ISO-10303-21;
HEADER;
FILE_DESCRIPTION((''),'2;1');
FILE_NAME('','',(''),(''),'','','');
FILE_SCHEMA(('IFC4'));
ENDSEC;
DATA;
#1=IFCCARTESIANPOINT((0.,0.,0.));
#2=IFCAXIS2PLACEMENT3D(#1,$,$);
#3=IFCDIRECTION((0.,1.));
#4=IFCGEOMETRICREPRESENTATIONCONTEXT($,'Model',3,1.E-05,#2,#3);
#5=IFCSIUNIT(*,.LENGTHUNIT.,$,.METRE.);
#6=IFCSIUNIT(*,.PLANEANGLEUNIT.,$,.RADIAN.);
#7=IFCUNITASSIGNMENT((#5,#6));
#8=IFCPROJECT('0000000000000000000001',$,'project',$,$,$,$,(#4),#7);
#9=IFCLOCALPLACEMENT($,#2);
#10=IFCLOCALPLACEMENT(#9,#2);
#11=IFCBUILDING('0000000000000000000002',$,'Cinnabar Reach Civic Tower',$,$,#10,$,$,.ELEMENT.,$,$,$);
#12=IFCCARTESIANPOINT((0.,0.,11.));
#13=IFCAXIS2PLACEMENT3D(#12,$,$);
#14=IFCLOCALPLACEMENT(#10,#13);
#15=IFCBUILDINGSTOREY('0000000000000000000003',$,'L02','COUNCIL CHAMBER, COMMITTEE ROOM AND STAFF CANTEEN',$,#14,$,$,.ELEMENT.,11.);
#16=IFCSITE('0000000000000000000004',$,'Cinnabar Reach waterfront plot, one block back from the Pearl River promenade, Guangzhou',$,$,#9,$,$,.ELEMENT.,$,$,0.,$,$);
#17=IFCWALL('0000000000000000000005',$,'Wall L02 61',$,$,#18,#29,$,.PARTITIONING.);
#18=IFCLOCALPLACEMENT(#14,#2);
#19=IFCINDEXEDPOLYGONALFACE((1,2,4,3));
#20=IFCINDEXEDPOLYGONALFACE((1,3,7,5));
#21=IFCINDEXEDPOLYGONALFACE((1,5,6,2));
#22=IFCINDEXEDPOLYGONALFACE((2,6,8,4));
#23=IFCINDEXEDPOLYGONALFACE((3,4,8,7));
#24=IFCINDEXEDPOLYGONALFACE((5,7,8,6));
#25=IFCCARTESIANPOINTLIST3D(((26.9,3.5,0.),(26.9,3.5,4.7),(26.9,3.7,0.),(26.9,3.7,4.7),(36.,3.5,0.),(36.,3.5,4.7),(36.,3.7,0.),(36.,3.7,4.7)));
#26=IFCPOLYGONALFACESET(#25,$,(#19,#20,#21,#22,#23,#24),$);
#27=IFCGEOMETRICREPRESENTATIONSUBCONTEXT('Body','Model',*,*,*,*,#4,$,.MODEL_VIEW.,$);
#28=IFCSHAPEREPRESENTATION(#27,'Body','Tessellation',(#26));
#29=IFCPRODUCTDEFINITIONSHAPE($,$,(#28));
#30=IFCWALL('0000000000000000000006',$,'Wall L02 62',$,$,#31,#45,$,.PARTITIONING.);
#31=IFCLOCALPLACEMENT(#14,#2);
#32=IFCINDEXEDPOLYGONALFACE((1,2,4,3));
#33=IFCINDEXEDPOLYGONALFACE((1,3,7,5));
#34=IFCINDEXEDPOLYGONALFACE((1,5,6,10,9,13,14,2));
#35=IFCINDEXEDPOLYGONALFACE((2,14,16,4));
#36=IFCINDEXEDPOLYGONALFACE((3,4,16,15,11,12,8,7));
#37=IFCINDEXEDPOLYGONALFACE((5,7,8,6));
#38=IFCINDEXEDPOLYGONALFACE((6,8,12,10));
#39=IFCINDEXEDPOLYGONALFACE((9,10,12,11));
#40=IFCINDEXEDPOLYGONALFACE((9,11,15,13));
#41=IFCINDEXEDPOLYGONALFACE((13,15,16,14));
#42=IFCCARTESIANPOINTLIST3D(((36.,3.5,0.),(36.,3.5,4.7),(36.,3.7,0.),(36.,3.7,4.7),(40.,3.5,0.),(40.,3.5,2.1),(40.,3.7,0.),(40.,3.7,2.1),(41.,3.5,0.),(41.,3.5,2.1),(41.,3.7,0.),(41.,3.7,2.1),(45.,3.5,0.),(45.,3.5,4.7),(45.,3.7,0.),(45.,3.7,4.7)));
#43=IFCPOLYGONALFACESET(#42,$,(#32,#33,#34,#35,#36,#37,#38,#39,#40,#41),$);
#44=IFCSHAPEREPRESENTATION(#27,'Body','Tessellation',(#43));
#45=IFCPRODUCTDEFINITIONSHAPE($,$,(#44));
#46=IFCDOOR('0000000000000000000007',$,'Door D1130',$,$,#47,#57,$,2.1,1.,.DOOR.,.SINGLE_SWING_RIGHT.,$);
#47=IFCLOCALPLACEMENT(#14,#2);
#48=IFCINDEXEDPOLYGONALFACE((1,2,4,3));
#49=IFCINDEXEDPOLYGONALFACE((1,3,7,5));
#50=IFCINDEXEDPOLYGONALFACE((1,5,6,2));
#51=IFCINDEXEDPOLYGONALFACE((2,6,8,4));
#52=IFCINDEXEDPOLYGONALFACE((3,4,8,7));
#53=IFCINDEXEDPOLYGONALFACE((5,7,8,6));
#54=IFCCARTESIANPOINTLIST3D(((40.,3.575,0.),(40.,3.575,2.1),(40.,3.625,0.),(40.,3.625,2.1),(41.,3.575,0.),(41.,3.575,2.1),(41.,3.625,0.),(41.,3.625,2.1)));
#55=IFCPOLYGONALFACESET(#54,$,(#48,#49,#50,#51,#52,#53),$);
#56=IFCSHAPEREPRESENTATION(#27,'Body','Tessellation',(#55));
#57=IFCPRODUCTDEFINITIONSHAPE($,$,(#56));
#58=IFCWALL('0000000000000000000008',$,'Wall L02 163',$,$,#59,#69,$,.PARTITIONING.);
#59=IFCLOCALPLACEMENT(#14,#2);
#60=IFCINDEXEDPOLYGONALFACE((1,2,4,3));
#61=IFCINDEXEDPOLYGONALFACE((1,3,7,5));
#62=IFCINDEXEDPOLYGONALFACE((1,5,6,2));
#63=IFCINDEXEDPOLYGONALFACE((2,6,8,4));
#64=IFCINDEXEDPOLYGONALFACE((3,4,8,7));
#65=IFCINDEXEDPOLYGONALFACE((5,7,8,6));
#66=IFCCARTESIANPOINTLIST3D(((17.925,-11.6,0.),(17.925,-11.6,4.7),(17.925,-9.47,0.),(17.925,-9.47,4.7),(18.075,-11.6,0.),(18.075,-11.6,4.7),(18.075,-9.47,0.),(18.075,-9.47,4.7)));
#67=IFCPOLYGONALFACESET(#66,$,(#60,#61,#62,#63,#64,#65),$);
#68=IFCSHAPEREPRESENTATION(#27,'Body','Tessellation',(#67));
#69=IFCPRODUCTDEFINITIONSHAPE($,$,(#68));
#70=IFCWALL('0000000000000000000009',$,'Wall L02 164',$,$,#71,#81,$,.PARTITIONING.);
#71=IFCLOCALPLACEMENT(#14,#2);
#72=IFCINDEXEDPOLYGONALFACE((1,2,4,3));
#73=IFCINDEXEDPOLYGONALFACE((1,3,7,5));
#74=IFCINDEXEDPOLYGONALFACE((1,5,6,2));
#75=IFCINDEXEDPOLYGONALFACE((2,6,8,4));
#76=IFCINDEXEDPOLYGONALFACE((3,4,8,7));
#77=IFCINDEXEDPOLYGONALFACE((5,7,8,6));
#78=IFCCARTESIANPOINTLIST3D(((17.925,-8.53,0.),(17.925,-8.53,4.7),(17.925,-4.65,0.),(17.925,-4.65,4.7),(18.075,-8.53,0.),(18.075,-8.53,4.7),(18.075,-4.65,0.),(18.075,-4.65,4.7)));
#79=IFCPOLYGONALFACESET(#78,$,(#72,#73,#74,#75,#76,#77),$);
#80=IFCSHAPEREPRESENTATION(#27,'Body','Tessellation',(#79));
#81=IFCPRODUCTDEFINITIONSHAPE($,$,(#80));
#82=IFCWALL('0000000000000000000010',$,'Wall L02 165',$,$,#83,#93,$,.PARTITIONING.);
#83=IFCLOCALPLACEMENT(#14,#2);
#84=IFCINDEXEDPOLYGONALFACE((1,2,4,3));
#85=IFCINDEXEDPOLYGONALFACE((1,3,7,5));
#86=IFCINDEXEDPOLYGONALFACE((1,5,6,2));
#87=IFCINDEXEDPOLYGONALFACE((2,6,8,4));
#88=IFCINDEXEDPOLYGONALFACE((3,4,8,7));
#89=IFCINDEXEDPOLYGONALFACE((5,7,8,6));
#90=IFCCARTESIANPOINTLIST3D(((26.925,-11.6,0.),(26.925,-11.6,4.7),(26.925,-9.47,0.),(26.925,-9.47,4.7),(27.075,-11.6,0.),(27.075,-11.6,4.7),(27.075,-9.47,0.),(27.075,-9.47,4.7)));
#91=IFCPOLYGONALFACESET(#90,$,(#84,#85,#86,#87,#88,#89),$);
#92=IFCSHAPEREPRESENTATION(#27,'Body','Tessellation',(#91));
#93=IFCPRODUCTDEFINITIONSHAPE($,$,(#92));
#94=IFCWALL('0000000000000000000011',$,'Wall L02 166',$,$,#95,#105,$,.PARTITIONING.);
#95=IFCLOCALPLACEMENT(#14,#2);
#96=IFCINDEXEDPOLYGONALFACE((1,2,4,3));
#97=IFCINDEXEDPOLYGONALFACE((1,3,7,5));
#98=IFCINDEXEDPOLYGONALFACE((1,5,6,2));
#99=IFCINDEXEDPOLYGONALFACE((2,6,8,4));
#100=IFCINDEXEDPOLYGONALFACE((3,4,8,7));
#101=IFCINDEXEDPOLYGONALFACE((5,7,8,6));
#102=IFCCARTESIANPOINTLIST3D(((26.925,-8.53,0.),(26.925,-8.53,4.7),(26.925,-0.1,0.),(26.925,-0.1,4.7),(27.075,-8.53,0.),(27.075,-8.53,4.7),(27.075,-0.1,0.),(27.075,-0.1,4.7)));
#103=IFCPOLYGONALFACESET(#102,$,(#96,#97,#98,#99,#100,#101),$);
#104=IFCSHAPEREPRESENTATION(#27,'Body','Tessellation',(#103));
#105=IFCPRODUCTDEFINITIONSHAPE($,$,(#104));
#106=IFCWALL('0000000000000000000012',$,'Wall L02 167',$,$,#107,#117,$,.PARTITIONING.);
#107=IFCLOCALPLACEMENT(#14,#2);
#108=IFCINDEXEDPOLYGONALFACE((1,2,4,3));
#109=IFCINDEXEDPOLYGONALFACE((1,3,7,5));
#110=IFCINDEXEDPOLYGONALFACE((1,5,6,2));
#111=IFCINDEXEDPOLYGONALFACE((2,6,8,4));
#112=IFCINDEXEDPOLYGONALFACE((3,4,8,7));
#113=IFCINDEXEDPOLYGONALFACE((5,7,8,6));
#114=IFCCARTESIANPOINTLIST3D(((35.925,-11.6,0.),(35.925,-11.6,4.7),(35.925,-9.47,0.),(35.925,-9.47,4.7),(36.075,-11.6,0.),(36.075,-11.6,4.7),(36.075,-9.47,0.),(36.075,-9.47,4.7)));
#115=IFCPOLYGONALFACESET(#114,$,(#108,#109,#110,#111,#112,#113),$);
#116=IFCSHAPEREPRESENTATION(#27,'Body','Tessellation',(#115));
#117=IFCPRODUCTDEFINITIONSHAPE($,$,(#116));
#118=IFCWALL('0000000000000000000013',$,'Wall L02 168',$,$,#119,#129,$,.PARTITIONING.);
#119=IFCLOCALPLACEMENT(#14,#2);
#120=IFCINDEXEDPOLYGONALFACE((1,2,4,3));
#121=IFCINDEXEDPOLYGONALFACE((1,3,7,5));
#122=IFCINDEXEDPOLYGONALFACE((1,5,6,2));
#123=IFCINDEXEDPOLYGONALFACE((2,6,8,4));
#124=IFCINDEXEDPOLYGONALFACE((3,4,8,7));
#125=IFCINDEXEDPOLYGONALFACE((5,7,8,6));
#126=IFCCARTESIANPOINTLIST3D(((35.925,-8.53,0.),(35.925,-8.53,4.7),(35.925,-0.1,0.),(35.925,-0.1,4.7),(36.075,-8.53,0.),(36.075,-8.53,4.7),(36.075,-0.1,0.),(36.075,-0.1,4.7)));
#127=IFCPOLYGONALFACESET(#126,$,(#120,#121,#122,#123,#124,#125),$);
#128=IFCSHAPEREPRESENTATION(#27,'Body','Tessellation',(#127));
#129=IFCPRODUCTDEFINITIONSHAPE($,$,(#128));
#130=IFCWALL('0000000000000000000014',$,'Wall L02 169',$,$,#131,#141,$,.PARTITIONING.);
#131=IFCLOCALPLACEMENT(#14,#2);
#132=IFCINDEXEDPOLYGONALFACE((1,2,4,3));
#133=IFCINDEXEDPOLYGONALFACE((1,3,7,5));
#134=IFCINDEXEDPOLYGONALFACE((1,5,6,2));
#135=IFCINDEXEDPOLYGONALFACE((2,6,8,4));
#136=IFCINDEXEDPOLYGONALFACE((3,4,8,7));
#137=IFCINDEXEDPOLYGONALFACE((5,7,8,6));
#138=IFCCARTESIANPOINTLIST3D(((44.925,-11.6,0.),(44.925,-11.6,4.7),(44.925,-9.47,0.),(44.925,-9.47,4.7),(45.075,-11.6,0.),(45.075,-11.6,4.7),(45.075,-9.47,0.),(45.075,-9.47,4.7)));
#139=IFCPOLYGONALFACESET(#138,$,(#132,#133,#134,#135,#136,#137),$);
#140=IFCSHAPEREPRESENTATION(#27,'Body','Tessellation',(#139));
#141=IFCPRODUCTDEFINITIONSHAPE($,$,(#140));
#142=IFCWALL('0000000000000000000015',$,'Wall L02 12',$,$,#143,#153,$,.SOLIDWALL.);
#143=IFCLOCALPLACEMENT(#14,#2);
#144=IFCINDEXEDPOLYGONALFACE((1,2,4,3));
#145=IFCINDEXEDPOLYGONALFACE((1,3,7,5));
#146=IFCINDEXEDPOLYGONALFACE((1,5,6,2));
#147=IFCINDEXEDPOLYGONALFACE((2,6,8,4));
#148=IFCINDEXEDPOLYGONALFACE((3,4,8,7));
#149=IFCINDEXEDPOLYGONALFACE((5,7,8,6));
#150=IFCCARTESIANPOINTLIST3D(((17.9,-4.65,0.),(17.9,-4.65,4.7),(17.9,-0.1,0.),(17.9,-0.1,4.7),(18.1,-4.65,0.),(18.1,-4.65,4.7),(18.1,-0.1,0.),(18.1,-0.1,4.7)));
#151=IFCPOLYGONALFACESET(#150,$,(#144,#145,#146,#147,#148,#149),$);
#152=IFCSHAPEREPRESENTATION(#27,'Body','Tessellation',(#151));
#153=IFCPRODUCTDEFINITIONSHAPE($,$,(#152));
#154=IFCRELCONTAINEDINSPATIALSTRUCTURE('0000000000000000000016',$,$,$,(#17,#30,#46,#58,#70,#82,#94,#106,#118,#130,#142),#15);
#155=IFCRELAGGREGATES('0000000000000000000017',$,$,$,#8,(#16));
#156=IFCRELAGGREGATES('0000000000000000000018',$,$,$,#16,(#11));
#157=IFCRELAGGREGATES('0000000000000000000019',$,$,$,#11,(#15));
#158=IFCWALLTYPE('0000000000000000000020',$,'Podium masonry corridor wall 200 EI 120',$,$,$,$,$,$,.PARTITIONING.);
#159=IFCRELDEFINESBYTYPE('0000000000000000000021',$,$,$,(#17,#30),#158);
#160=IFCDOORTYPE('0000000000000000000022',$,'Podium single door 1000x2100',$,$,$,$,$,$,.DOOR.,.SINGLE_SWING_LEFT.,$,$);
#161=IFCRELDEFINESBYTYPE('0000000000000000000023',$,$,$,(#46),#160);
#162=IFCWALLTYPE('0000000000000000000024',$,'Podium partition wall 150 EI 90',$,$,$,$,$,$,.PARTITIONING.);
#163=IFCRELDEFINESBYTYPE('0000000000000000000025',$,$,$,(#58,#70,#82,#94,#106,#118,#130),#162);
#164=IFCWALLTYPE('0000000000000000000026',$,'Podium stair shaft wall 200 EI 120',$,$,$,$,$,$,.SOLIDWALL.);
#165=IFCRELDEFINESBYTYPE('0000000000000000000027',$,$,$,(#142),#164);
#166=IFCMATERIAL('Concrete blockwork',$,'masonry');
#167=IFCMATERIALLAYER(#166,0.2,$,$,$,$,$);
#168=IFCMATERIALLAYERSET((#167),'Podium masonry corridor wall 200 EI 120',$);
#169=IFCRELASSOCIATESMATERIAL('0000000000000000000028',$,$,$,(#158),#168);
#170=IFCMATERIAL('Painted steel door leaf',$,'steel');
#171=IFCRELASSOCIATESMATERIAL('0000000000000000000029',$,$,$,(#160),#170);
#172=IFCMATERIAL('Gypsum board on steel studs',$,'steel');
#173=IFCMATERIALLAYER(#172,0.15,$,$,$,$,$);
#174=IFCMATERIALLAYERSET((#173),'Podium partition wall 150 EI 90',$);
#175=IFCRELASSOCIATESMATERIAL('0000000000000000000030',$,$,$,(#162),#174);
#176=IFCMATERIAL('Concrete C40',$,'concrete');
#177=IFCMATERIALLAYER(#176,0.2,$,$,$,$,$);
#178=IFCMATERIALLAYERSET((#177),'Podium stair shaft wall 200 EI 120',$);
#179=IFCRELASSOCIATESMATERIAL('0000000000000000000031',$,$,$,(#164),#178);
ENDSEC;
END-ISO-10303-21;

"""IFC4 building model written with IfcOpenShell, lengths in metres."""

from ifc_helpers import new_model, si_unit, direction, frame, frame_2d, origin, place, context, subcontext, project, spatial, rectangle, extrude, material, layer, layer_set, type_object, element, fill, save


model = new_model("IFC4")

# Units and contexts
model_context = context("Model", 3, precision=1e-05, world=origin(), true_north=direction((0.0, 1.0)))
body_context = subcontext(model_context, "Body", "Model", "MODEL_VIEW")
ifc_project = project(units=[si_unit("LENGTHUNIT", "METRE"), si_unit("PLANEANGLEUNIT", "RADIAN")], contexts=[model_context])

# Site, building, storey
site_placement = place(None, origin())
site = spatial("IfcSite", under=ifc_project, at=site_placement, Name="Cinnabar Reach waterfront plot, one block back from the Pearl River promenade, Guangzhou", CompositionType="ELEMENT", RefElevation=0.0)
building_placement = place(site_placement, origin())
building = spatial("IfcBuilding", under=site, at=building_placement, Name="Cinnabar Reach Civic Tower", CompositionType="ELEMENT")
storey_placement = place(building_placement, frame((0.0, 0.0, 11.0)))
storey = spatial("IfcBuildingStorey", under=building, at=storey_placement, Name="L02", Description="COUNCIL CHAMBER, COMMITTEE ROOM AND STAFF CANTEEN", CompositionType="ELEMENT", Elevation=11.0)

# Shared definitions
ifc_material_1 = material(Name="Concrete blockwork", Category="masonry")
ifc_layer_1 = layer(ifc_material_1, 0.2)
ifc_layer_set_1 = layer_set([ifc_layer_1], Name="Podium masonry corridor wall 200 EI 120")
wall_type_1 = type_object("IfcWallType", Name="Podium masonry corridor wall 200 EI 120", PredefinedType="PARTITIONING", material=ifc_layer_set_1)
ifc_material_2 = material(Name="Painted steel door leaf", Category="steel")
door_type = type_object("IfcDoorType", Name="Podium single door 1000x2100", OperationType="SINGLE_SWING_LEFT", PredefinedType="DOOR", material=ifc_material_2)

# Wall
wall_1_placement = place(storey_placement, frame((26.9, 3.6, 0.0), z_axis=(0.0, 0.0, 1.0), x_axis=(1.0, 0.0, 0.0)))
element("IfcWall", 1, at=wall_1_placement, inside=storey, type_object=wall_type_1, Name="Wall L02 61", PredefinedType="PARTITIONING", context=body_context, shape_type="SweptSolid", body=[
    extrude(rectangle(XDim=9.1, YDim=0.2, at=frame_2d((4.55, 0.0))), origin(), (0.0, 0.0, 1.0), 4.7),
])

# Wall, opening, door
wall_2_placement = place(storey_placement, frame((36.0, 3.6, 0.0), z_axis=(0.0, 0.0, 1.0), x_axis=(1.0, 0.0, 0.0)))
wall_2 = element("IfcWall", 2, at=wall_2_placement, inside=storey, type_object=wall_type_1, Name="Wall L02 62", PredefinedType="PARTITIONING", context=body_context, shape_type="SweptSolid", body=[
    extrude(rectangle(XDim=9.0, YDim=0.2, at=frame_2d((4.5, 0.0))), origin(), (0.0, 0.0, 1.0), 4.7),
])
opening_1_placement = place(wall_2_placement, frame((4.0, 0.0, 0.0)))
opening_1 = element("IfcOpeningElement", 3, at=opening_1_placement, cuts=wall_2, PredefinedType="OPENING", context=body_context, shape_type="SweptSolid", body=[
    extrude(rectangle(XDim=1.0, YDim=2.1, at=frame_2d((0.5, 1.05))), frame((0.0, 0.11, 0.0), z_axis=(0.0, -1.0, 0.0), x_axis=(1.0, 0.0, 0.0)), (0.0, 0.0, 1.0), 0.22),
])
door_1_placement = place(opening_1_placement, origin())
door_1 = element("IfcDoor", 4, at=door_1_placement, inside=storey, type_object=door_type, Name="Door D1130", OperationType="SINGLE_SWING_RIGHT", OverallHeight=2.1, OverallWidth=1.0, PredefinedType="DOOR", context=body_context, shape_type="SweptSolid", body=[
    extrude(rectangle(XDim=1.0, YDim=2.1, at=frame_2d((0.5, 1.05))), frame((0.0, 0.025, 0.0), z_axis=(0.0, -1.0, 0.0), x_axis=(1.0, 0.0, 0.0)), (0.0, 0.0, 1.0), 0.05),
])
fill(opening_1, door_1)

# Walls
ifc_material_3 = material(Name="Gypsum board on steel studs", Category="steel")
ifc_layer_2 = layer(ifc_material_3, 0.15)
ifc_layer_set_2 = layer_set([ifc_layer_2], Name="Podium partition wall 150 EI 90")
wall_type_2 = type_object("IfcWallType", Name="Podium partition wall 150 EI 90", PredefinedType="PARTITIONING", material=ifc_layer_set_2)
wall_3_placement = place(storey_placement, frame((18.0, -11.6, 0.0), z_axis=(0.0, 0.0, 1.0), x_axis=(0.0, 1.0, 0.0)))
element("IfcWall", 5, at=wall_3_placement, inside=storey, type_object=wall_type_2, Name="Wall L02 163", PredefinedType="PARTITIONING", context=body_context, shape_type="SweptSolid", body=[
    extrude(rectangle(XDim=2.13, YDim=0.15, at=frame_2d((1.065, 0.0))), origin(), (0.0, 0.0, 1.0), 4.7),
])
wall_4_placement = place(storey_placement, frame((18.0, -8.53, 0.0), z_axis=(0.0, 0.0, 1.0), x_axis=(0.0, 1.0, 0.0)))
element("IfcWall", 6, at=wall_4_placement, inside=storey, type_object=wall_type_2, Name="Wall L02 164", PredefinedType="PARTITIONING", context=body_context, shape_type="SweptSolid", body=[
    extrude(rectangle(XDim=3.88, YDim=0.15, at=frame_2d((1.94, 0.0))), origin(), (0.0, 0.0, 1.0), 4.7),
])
wall_5_placement = place(storey_placement, frame((27.0, -11.6, 0.0), z_axis=(0.0, 0.0, 1.0), x_axis=(0.0, 1.0, 0.0)))
element("IfcWall", 7, at=wall_5_placement, inside=storey, type_object=wall_type_2, Name="Wall L02 165", PredefinedType="PARTITIONING", context=body_context, shape_type="SweptSolid", body=[
    extrude(rectangle(XDim=2.13, YDim=0.15, at=frame_2d((1.065, 0.0))), origin(), (0.0, 0.0, 1.0), 4.7),
])
wall_6_placement = place(storey_placement, frame((27.0, -8.53, 0.0), z_axis=(0.0, 0.0, 1.0), x_axis=(0.0, 1.0, 0.0)))
element("IfcWall", 8, at=wall_6_placement, inside=storey, type_object=wall_type_2, Name="Wall L02 166", PredefinedType="PARTITIONING", context=body_context, shape_type="SweptSolid", body=[
    extrude(rectangle(XDim=8.43, YDim=0.15, at=frame_2d((4.215, 0.0))), origin(), (0.0, 0.0, 1.0), 4.7),
])
wall_7_placement = place(storey_placement, frame((36.0, -11.6, 0.0), z_axis=(0.0, 0.0, 1.0), x_axis=(0.0, 1.0, 0.0)))
element("IfcWall", 9, at=wall_7_placement, inside=storey, type_object=wall_type_2, Name="Wall L02 167", PredefinedType="PARTITIONING", context=body_context, shape_type="SweptSolid", body=[
    extrude(rectangle(XDim=2.13, YDim=0.15, at=frame_2d((1.065, 0.0))), origin(), (0.0, 0.0, 1.0), 4.7),
])
wall_8_placement = place(storey_placement, frame((36.0, -8.53, 0.0), z_axis=(0.0, 0.0, 1.0), x_axis=(0.0, 1.0, 0.0)))
element("IfcWall", 10, at=wall_8_placement, inside=storey, type_object=wall_type_2, Name="Wall L02 168", PredefinedType="PARTITIONING", context=body_context, shape_type="SweptSolid", body=[
    extrude(rectangle(XDim=8.43, YDim=0.15, at=frame_2d((4.215, 0.0))), origin(), (0.0, 0.0, 1.0), 4.7),
])
wall_9_placement = place(storey_placement, frame((45.0, -11.6, 0.0), z_axis=(0.0, 0.0, 1.0), x_axis=(0.0, 1.0, 0.0)))
element("IfcWall", 11, at=wall_9_placement, inside=storey, type_object=wall_type_2, Name="Wall L02 169", PredefinedType="PARTITIONING", context=body_context, shape_type="SweptSolid", body=[
    extrude(rectangle(XDim=2.13, YDim=0.15, at=frame_2d((1.065, 0.0))), origin(), (0.0, 0.0, 1.0), 4.7),
])
ifc_material_4 = material(Name="Concrete C40", Category="concrete")
ifc_layer_3 = layer(ifc_material_4, 0.2)
ifc_layer_set_3 = layer_set([ifc_layer_3], Name="Podium stair shaft wall 200 EI 120")
wall_type_3 = type_object("IfcWallType", Name="Podium stair shaft wall 200 EI 120", PredefinedType="SOLIDWALL", material=ifc_layer_set_3)
wall_10_placement = place(storey_placement, frame((18.0, -4.65, 0.0), z_axis=(0.0, 0.0, 1.0), x_axis=(0.0, 1.0, 0.0)))
element("IfcWall", 12, at=wall_10_placement, inside=storey, type_object=wall_type_3, Name="Wall L02 12", PredefinedType="SOLIDWALL", context=body_context, shape_type="SweptSolid", body=[
    extrude(rectangle(XDim=4.55, YDim=0.2, at=frame_2d((2.275, 0.0))), origin(), (0.0, 0.0, 1.0), 4.7),
])

save(model, "model.ifc")
